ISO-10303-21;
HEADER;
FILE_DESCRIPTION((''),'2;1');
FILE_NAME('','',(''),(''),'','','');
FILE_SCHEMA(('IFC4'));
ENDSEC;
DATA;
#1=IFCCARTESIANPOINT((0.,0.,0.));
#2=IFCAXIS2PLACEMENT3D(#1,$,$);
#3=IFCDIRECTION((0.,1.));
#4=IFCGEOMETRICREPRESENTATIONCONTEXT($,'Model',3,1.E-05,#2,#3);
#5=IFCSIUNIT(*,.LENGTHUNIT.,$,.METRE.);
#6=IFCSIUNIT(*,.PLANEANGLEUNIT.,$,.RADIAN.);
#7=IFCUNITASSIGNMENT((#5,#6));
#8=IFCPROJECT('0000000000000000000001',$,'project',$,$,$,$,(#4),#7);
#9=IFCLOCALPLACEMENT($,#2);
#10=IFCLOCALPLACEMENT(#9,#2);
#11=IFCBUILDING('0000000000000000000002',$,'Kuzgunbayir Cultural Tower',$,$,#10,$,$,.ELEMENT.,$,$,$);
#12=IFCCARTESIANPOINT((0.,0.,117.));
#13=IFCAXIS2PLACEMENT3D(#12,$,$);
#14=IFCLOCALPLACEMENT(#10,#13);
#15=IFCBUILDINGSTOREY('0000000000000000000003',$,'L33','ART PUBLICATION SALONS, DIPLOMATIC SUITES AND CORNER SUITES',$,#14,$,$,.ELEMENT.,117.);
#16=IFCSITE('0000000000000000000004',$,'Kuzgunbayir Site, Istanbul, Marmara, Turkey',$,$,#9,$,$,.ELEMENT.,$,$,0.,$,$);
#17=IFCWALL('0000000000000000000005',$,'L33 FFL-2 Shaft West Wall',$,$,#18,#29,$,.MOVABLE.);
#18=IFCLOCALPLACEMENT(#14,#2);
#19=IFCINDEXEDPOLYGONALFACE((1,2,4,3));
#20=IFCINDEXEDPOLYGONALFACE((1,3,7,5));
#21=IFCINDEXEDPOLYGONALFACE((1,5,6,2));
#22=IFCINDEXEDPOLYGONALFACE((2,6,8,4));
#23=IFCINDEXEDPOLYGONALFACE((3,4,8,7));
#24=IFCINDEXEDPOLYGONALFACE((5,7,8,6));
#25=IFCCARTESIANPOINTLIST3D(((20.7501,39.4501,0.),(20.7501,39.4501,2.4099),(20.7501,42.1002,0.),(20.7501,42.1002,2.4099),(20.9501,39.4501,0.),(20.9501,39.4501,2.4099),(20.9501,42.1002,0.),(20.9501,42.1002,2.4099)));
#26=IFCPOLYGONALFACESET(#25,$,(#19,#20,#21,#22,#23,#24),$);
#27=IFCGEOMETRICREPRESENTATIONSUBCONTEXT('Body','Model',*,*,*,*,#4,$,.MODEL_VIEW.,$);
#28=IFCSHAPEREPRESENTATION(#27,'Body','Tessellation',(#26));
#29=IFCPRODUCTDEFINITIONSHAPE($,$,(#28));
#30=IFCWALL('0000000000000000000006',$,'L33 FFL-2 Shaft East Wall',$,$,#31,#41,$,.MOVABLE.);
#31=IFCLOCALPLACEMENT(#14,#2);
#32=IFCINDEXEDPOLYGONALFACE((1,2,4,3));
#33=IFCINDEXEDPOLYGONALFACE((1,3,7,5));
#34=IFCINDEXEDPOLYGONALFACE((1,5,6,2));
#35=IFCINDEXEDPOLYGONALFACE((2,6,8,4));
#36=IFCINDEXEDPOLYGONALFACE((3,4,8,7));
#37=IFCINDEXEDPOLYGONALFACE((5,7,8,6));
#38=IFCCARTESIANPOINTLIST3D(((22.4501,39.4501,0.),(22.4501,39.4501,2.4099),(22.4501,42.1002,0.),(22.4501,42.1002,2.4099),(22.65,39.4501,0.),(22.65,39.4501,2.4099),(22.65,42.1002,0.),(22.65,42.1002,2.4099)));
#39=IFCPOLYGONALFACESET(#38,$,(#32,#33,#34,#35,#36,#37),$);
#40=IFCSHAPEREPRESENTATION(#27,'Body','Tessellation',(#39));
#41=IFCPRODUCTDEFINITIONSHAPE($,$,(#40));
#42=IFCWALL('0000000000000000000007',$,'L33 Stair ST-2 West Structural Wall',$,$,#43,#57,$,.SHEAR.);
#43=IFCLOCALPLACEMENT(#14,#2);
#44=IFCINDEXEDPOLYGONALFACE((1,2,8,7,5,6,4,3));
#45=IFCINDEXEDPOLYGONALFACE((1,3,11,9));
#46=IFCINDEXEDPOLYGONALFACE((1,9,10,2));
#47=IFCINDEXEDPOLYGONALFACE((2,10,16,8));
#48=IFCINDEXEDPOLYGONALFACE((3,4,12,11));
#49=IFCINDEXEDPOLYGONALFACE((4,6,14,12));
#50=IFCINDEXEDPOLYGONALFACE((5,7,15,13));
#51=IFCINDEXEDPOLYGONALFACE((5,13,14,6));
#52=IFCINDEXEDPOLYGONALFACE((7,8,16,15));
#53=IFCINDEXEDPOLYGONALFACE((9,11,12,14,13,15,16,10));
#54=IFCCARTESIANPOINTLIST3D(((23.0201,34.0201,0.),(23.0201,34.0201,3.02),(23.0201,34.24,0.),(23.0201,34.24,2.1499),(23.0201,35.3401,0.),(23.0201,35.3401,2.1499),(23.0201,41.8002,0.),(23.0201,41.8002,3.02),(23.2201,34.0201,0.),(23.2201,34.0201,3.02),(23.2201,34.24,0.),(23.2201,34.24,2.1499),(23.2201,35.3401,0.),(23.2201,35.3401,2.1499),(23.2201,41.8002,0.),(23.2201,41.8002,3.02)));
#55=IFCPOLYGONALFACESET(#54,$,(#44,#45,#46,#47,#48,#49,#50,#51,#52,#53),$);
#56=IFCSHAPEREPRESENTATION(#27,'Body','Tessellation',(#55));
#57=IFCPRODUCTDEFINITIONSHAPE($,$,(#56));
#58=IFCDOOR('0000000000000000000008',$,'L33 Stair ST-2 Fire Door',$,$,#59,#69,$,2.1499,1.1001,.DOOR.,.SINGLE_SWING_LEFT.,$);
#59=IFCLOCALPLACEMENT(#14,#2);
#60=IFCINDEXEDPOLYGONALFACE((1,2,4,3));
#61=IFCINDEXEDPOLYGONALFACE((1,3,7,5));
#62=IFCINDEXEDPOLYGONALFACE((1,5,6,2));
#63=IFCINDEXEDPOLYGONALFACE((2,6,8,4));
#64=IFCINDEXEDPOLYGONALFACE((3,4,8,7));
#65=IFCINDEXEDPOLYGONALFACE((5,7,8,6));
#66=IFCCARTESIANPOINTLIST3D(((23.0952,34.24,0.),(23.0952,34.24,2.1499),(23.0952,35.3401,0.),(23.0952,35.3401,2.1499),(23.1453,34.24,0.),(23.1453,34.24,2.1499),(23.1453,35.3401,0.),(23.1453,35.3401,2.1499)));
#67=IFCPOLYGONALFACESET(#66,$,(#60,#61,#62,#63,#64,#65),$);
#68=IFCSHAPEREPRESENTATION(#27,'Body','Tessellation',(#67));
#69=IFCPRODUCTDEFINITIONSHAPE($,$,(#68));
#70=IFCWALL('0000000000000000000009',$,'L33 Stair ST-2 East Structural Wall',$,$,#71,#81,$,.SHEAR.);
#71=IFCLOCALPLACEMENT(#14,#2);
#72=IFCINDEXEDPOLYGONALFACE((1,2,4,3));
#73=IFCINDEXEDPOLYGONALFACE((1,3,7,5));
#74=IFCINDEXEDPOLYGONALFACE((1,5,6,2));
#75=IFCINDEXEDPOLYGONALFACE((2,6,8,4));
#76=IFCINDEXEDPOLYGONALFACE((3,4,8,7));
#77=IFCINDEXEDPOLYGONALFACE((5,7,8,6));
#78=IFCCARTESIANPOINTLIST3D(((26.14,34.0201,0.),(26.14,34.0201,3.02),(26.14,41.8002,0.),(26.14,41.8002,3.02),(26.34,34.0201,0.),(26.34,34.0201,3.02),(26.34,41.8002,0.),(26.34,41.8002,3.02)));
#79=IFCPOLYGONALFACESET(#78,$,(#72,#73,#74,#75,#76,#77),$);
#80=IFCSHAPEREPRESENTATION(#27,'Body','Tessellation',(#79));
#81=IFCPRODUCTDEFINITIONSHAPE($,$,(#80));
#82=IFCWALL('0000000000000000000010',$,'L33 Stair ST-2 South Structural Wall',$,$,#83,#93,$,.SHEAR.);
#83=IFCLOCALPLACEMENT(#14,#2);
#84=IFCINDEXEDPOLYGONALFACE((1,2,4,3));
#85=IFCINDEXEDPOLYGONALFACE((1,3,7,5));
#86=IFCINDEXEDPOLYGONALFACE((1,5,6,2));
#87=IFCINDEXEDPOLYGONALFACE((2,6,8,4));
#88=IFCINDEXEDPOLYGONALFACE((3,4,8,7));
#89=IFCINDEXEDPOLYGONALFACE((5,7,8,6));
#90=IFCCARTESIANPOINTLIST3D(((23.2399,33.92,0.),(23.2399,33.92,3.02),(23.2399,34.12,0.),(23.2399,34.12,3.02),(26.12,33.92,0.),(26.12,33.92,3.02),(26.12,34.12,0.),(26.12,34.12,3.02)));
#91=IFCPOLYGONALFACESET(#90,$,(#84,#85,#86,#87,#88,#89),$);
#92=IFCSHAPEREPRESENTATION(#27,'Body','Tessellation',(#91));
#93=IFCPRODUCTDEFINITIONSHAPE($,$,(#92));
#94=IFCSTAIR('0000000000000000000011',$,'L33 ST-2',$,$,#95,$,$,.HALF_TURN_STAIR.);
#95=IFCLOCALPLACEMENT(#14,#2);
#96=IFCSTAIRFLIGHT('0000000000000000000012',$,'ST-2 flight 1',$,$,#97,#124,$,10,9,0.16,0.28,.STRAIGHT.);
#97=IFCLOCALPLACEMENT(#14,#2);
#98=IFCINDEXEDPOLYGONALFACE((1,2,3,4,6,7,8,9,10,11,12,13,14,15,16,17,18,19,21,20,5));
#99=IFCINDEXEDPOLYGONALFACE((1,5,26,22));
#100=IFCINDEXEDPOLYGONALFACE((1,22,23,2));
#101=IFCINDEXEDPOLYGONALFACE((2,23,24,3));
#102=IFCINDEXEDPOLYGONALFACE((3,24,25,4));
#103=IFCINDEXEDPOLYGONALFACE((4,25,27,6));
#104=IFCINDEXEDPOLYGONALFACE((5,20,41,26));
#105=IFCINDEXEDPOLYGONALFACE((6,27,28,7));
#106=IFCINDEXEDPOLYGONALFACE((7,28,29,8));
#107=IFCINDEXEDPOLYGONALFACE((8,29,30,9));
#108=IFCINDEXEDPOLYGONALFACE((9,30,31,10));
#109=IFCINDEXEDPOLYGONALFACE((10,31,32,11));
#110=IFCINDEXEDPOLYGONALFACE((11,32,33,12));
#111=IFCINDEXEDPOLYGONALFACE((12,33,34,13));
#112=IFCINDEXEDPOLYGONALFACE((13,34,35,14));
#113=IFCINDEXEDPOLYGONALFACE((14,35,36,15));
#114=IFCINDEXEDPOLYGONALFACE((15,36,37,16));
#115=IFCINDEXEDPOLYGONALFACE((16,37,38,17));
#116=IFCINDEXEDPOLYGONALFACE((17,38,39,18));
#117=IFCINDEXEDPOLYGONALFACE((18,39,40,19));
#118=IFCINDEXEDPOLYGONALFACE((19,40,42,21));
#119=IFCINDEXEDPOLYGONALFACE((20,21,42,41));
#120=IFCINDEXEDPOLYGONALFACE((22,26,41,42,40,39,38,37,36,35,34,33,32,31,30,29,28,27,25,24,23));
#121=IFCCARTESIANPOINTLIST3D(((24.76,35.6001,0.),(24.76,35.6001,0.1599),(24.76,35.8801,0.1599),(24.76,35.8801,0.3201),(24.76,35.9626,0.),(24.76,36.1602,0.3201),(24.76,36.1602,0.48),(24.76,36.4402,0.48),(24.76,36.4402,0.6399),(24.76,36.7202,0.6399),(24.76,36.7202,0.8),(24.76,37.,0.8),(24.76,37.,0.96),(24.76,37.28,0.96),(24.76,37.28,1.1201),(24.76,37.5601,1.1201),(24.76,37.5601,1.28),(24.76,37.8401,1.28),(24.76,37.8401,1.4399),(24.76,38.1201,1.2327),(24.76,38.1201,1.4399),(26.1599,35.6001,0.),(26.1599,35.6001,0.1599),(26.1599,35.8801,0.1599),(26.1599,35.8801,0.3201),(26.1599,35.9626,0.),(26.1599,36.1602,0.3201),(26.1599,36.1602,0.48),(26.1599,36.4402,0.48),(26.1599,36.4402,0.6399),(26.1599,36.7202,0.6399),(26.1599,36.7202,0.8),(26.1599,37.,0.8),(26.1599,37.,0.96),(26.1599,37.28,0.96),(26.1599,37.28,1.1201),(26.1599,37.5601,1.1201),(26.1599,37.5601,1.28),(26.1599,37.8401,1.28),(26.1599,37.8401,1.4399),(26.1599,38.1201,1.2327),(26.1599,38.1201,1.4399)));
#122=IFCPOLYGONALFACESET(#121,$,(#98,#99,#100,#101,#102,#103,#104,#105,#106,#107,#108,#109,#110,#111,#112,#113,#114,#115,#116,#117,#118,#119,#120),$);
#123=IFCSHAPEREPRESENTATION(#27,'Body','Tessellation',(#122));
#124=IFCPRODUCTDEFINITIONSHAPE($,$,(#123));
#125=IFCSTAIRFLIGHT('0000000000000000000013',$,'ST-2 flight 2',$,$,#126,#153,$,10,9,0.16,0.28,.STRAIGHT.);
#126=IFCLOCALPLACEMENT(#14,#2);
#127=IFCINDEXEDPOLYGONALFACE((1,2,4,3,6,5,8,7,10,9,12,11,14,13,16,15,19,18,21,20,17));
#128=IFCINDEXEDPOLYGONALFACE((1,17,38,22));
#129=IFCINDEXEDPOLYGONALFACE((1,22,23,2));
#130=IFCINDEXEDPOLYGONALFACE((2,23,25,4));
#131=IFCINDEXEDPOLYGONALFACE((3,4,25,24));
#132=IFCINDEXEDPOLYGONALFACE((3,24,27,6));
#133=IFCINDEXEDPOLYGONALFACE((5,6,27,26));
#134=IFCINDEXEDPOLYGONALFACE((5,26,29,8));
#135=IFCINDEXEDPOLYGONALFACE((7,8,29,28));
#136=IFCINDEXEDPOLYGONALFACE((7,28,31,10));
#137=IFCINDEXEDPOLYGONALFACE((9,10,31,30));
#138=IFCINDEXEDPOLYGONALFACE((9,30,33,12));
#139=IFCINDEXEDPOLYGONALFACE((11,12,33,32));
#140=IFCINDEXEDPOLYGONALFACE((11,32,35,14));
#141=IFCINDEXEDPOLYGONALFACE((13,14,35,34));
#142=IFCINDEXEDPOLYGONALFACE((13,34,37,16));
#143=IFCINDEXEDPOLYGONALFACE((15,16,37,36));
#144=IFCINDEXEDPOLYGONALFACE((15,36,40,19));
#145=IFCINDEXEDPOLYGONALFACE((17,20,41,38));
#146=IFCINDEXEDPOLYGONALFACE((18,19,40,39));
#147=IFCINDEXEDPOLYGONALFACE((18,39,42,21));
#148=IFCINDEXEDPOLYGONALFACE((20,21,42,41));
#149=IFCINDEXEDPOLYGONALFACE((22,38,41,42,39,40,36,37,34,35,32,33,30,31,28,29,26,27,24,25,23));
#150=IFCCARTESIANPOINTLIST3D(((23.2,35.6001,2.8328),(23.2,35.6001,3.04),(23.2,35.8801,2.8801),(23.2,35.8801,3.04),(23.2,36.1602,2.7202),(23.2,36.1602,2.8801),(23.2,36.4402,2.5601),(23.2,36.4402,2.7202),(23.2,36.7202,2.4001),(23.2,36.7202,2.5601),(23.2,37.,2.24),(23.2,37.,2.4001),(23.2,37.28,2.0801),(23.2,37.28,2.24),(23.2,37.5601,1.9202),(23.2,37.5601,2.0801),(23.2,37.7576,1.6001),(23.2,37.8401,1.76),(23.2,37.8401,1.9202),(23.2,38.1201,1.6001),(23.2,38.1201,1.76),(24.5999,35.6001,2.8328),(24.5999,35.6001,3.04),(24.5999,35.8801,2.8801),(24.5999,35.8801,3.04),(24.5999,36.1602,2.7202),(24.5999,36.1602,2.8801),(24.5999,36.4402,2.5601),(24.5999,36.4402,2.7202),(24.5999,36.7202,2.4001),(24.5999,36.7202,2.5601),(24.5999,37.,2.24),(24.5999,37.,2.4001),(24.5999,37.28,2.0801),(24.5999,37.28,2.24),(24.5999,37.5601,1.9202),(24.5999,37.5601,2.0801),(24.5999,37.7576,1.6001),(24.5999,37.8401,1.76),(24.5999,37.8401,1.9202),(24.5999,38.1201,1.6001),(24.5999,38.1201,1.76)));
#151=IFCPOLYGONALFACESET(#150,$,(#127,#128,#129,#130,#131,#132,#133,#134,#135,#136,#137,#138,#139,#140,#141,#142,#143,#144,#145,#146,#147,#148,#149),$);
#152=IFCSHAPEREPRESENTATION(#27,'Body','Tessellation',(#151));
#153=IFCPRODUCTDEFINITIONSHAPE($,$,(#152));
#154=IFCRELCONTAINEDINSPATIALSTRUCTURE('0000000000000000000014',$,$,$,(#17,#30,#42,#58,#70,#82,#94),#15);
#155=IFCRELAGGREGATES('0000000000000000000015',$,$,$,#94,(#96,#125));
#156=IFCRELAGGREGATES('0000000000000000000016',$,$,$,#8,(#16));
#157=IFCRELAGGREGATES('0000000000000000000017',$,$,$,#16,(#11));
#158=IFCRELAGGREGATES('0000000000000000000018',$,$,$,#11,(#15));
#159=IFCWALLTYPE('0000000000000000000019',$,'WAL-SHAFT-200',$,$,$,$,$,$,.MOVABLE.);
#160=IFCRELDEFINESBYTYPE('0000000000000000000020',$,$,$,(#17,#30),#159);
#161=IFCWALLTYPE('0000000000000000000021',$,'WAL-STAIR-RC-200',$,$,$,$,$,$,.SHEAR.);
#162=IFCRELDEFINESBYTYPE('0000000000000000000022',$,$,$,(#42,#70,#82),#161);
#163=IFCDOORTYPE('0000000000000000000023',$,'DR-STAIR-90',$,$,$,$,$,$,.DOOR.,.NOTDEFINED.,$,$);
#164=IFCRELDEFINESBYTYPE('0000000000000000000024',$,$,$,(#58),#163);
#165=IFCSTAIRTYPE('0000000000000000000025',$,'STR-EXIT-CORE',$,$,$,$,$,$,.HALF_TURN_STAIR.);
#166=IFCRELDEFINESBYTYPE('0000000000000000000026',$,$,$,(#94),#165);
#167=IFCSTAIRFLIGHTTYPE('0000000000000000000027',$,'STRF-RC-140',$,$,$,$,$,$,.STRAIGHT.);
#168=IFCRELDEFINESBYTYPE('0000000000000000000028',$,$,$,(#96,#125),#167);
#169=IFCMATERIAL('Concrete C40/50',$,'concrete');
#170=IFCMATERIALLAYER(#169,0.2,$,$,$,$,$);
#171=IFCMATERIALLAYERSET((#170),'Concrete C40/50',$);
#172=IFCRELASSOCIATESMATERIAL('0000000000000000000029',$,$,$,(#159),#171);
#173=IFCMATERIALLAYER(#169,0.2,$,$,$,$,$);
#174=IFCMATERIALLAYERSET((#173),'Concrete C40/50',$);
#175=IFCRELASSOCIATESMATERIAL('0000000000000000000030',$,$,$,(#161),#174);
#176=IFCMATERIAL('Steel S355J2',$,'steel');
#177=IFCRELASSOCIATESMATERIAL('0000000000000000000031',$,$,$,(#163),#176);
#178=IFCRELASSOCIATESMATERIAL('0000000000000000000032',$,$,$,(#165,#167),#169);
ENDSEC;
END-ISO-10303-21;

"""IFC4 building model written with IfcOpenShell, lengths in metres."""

from ifc_helpers import new_model, si_unit, direction, frame, frame_2d, origin, place, context, subcontext, project, spatial, polyline, rectangle, outline, extrude, material, layer, layer_set, type_object, element, fill, aggregate, save


model = new_model("IFC4")

# Units and contexts
model_context = context("Model", 3, precision=1e-05, world=origin(), true_north=direction((0.0, 1.0)))
body_context = subcontext(model_context, "Body", "Model", "MODEL_VIEW")
ifc_project = project(units=[si_unit("LENGTHUNIT", "METRE"), si_unit("PLANEANGLEUNIT", "RADIAN")], contexts=[model_context])

# Site, building, storey
site_placement = place(None, origin())
site = spatial("IfcSite", under=ifc_project, at=site_placement, Name="Kuzgunbayir Site, Istanbul, Marmara, Turkey", CompositionType="ELEMENT", RefElevation=0.0)
building_placement = place(site_placement, origin())
building = spatial("IfcBuilding", under=site, at=building_placement, Name="Kuzgunbayir Cultural Tower", CompositionType="ELEMENT")
storey_placement = place(building_placement, frame((0.0, 0.0, 117.0)))
storey = spatial("IfcBuildingStorey", under=building, at=storey_placement, Name="L33", Description="ART PUBLICATION SALONS, DIPLOMATIC SUITES AND CORNER SUITES", CompositionType="ELEMENT", Elevation=117.0)

# Shared definitions
ifc_material_1 = material(Name="Steel S355J2", Category="steel")

# Shared definitions
ifc_material_2 = material(Name="Concrete C40/50", Category="concrete")
ifc_layer_1 = layer(ifc_material_2, 0.2)
ifc_layer_set_1 = layer_set([ifc_layer_1], Name="Concrete C40/50")
wall_type_1 = type_object("IfcWallType", Name="WAL-SHAFT-200", PredefinedType="MOVABLE", material=ifc_layer_set_1)

# Walls
for number, where, z_axis, x_axis, name in (
    (1, (20.8501, 39.45, 0.0), (0.0, 0.0, 1.0), (0.0, 1.0, 0.0), "L33 FFL-2 Shaft West Wall"),
    (2, (22.55, 39.45, 0.0), (0.0, 0.0, 1.0), (0.0, 1.0, 0.0), "L33 FFL-2 Shaft East Wall"),
):
    element("IfcWall", number, at=place(storey_placement, frame(where, z_axis=z_axis, x_axis=x_axis)), inside=storey, type_object=wall_type_1, Name=name, PredefinedType="MOVABLE", context=body_context, shape_type="SweptSolid", body=[
        extrude(rectangle(XDim=2.6501, YDim=0.2, at=frame_2d((1.3252, 0.0))), origin(), (0.0, 0.0, 1.0), 2.4099),
    ])

# Wall, opening, door
ifc_layer_2 = layer(ifc_material_2, 0.2)
ifc_layer_set_2 = layer_set([ifc_layer_2], Name="Concrete C40/50")
wall_type_2 = type_object("IfcWallType", Name="WAL-STAIR-RC-200", PredefinedType="SHEAR", material=ifc_layer_set_2)
wall_1_placement = place(storey_placement, frame((23.1201, 34.02, 0.0), z_axis=(0.0, 0.0, 1.0), x_axis=(0.0, 1.0, 0.0)))
wall_1 = element("IfcWall", 3, at=wall_1_placement, inside=storey, type_object=wall_type_2, Name="L33 Stair ST-2 West Structural Wall", PredefinedType="SHEAR", context=body_context, shape_type="SweptSolid", body=[
    extrude(rectangle(XDim=7.78, YDim=0.2, at=frame_2d((3.8901, 0.0))), origin(), (0.0, 0.0, 1.0), 3.02),
])
opening_1_placement = place(wall_1_placement, frame((0.22, 0.0, 0.0)))
opening_1 = element("IfcOpeningElement", 4, at=opening_1_placement, cuts=wall_1, PredefinedType="OPENING", context=body_context, shape_type="SweptSolid", body=[
    extrude(rectangle(XDim=1.1001, YDim=2.1499, at=frame_2d((0.55, 1.075))), frame((0.0, 0.1099, 0.0), z_axis=(0.0, -1.0, 0.0), x_axis=(1.0, 0.0, 0.0)), (0.0, 0.0, 1.0), 0.22),
])
door_type_1 = type_object("IfcDoorType", Name="DR-STAIR-90", OperationType="NOTDEFINED", PredefinedType="DOOR", material=ifc_material_1)
door_1_placement = place(opening_1_placement, origin())
door_1 = element("IfcDoor", 5, at=door_1_placement, inside=storey, type_object=door_type_1, Name="L33 Stair ST-2 Fire Door", OperationType="SINGLE_SWING_LEFT", OverallHeight=2.1499, OverallWidth=1.1001, PredefinedType="DOOR", context=body_context, shape_type="SweptSolid", body=[
    extrude(rectangle(XDim=1.1001, YDim=2.1499, at=frame_2d((0.55, 1.075))), frame((0.0, 0.0249, 0.0), z_axis=(0.0, -1.0, 0.0), x_axis=(1.0, 0.0, 0.0)), (0.0, 0.0, 1.0), 0.05),
])
fill(opening_1, door_1)

# Walls
wall_2_placement = place(storey_placement, frame((26.24, 34.02, 0.0), z_axis=(0.0, 0.0, 1.0), x_axis=(0.0, 1.0, 0.0)))
element("IfcWall", 6, at=wall_2_placement, inside=storey, type_object=wall_type_2, Name="L33 Stair ST-2 East Structural Wall", PredefinedType="SHEAR", context=body_context, shape_type="SweptSolid", body=[
    extrude(rectangle(XDim=7.78, YDim=0.2, at=frame_2d((3.8901, 0.0))), origin(), (0.0, 0.0, 1.0), 3.02),
])
wall_3_placement = place(storey_placement, frame((23.24, 34.02, 0.0), z_axis=(0.0, 0.0, 1.0), x_axis=(1.0, 0.0, 0.0)))
element("IfcWall", 7, at=wall_3_placement, inside=storey, type_object=wall_type_2, Name="L33 Stair ST-2 South Structural Wall", PredefinedType="SHEAR", context=body_context, shape_type="SweptSolid", body=[
    extrude(rectangle(XDim=2.8801, YDim=0.2, at=frame_2d((1.4399, 0.0))), origin(), (0.0, 0.0, 1.0), 3.02),
])

# Stair, stair flights
stair_type = type_object("IfcStairType", Name="STR-EXIT-CORE", PredefinedType="HALF_TURN_STAIR", material=ifc_material_2)
stair_placement = place(storey_placement, origin())
stair = element("IfcStair", 8, at=stair_placement, inside=storey, type_object=stair_type, Name="L33 ST-2", PredefinedType="HALF_TURN_STAIR")
stair_flight_type = type_object("IfcStairFlightType", Name="STRF-RC-140", PredefinedType="STRAIGHT", material=ifc_material_2)
stair_flight_1_placement = place(storey_placement, frame((25.46, 35.6001, 0.0), z_axis=(0.0, 0.0, 1.0), x_axis=(0.0, 1.0, 0.0)))
stair_flight_1 = element("IfcStairFlight", 9, at=stair_flight_1_placement, type_object=stair_flight_type, Name="ST-2 flight 1", NumberOfRisers=10, NumberOfTreads=9, PredefinedType="STRAIGHT", RiserHeight=0.16, TreadLength=0.28, context=body_context, shape_type="SweptSolid", body=[
    extrude(outline(polyline([(0.0, 0.0), (0.0, 0.1599), (0.28, 0.1599), (0.28, 0.3201), (0.5601, 0.3201), (0.5601, 0.48), (0.8401, 0.48), (0.8401, 0.6399), (1.1201, 0.6399), (1.1201, 0.8), (1.3999, 0.8), (1.3999, 0.96), (1.6799, 0.96), (1.6799, 1.1201), (1.96, 1.1201), (1.96, 1.28), (2.24, 1.28), (2.24, 1.4399), (2.52, 1.4399), (2.52, 1.6001), (2.52, 1.2327), (0.3625, 0.0), (0.0, 0.0)])), frame((0.0, 0.7, 0.0), z_axis=(0.0, -1.0, 0.0), x_axis=(1.0, 0.0, 0.0)), (0.0, 0.0, 1.0), 1.3999),
])
stair_flight_2_placement = place(storey_placement, frame((23.8999, 38.1201, 1.6001), z_axis=(0.0, 0.0, 1.0), x_axis=(0.0, -1.0, 0.0)))
stair_flight_2 = element("IfcStairFlight", 10, at=stair_flight_2_placement, type_object=stair_flight_type, Name="ST-2 flight 2", NumberOfRisers=10, NumberOfTreads=9, PredefinedType="STRAIGHT", RiserHeight=0.16, TreadLength=0.28, context=body_context, shape_type="SweptSolid", body=[
    extrude(outline(polyline([(0.0, 0.0), (0.0, 0.1599), (0.28, 0.1599), (0.28, 0.3201), (0.5601, 0.3201), (0.5601, 0.48), (0.8401, 0.48), (0.8401, 0.6399), (1.1201, 0.6399), (1.1201, 0.8), (1.3999, 0.8), (1.3999, 0.96), (1.6799, 0.96), (1.6799, 1.1201), (1.96, 1.1201), (1.96, 1.28), (2.24, 1.28), (2.24, 1.4399), (2.52, 1.4399), (2.52, 1.6001), (2.52, 1.2327), (0.3625, 0.0), (0.0, 0.0)])), frame((0.0, 0.7, 0.0), z_axis=(0.0, -1.0, 0.0), x_axis=(1.0, 0.0, 0.0)), (0.0, 0.0, 1.0), 1.3999),
])
aggregate(stair, [stair_flight_1, stair_flight_2])

save(model, "model.ifc")
